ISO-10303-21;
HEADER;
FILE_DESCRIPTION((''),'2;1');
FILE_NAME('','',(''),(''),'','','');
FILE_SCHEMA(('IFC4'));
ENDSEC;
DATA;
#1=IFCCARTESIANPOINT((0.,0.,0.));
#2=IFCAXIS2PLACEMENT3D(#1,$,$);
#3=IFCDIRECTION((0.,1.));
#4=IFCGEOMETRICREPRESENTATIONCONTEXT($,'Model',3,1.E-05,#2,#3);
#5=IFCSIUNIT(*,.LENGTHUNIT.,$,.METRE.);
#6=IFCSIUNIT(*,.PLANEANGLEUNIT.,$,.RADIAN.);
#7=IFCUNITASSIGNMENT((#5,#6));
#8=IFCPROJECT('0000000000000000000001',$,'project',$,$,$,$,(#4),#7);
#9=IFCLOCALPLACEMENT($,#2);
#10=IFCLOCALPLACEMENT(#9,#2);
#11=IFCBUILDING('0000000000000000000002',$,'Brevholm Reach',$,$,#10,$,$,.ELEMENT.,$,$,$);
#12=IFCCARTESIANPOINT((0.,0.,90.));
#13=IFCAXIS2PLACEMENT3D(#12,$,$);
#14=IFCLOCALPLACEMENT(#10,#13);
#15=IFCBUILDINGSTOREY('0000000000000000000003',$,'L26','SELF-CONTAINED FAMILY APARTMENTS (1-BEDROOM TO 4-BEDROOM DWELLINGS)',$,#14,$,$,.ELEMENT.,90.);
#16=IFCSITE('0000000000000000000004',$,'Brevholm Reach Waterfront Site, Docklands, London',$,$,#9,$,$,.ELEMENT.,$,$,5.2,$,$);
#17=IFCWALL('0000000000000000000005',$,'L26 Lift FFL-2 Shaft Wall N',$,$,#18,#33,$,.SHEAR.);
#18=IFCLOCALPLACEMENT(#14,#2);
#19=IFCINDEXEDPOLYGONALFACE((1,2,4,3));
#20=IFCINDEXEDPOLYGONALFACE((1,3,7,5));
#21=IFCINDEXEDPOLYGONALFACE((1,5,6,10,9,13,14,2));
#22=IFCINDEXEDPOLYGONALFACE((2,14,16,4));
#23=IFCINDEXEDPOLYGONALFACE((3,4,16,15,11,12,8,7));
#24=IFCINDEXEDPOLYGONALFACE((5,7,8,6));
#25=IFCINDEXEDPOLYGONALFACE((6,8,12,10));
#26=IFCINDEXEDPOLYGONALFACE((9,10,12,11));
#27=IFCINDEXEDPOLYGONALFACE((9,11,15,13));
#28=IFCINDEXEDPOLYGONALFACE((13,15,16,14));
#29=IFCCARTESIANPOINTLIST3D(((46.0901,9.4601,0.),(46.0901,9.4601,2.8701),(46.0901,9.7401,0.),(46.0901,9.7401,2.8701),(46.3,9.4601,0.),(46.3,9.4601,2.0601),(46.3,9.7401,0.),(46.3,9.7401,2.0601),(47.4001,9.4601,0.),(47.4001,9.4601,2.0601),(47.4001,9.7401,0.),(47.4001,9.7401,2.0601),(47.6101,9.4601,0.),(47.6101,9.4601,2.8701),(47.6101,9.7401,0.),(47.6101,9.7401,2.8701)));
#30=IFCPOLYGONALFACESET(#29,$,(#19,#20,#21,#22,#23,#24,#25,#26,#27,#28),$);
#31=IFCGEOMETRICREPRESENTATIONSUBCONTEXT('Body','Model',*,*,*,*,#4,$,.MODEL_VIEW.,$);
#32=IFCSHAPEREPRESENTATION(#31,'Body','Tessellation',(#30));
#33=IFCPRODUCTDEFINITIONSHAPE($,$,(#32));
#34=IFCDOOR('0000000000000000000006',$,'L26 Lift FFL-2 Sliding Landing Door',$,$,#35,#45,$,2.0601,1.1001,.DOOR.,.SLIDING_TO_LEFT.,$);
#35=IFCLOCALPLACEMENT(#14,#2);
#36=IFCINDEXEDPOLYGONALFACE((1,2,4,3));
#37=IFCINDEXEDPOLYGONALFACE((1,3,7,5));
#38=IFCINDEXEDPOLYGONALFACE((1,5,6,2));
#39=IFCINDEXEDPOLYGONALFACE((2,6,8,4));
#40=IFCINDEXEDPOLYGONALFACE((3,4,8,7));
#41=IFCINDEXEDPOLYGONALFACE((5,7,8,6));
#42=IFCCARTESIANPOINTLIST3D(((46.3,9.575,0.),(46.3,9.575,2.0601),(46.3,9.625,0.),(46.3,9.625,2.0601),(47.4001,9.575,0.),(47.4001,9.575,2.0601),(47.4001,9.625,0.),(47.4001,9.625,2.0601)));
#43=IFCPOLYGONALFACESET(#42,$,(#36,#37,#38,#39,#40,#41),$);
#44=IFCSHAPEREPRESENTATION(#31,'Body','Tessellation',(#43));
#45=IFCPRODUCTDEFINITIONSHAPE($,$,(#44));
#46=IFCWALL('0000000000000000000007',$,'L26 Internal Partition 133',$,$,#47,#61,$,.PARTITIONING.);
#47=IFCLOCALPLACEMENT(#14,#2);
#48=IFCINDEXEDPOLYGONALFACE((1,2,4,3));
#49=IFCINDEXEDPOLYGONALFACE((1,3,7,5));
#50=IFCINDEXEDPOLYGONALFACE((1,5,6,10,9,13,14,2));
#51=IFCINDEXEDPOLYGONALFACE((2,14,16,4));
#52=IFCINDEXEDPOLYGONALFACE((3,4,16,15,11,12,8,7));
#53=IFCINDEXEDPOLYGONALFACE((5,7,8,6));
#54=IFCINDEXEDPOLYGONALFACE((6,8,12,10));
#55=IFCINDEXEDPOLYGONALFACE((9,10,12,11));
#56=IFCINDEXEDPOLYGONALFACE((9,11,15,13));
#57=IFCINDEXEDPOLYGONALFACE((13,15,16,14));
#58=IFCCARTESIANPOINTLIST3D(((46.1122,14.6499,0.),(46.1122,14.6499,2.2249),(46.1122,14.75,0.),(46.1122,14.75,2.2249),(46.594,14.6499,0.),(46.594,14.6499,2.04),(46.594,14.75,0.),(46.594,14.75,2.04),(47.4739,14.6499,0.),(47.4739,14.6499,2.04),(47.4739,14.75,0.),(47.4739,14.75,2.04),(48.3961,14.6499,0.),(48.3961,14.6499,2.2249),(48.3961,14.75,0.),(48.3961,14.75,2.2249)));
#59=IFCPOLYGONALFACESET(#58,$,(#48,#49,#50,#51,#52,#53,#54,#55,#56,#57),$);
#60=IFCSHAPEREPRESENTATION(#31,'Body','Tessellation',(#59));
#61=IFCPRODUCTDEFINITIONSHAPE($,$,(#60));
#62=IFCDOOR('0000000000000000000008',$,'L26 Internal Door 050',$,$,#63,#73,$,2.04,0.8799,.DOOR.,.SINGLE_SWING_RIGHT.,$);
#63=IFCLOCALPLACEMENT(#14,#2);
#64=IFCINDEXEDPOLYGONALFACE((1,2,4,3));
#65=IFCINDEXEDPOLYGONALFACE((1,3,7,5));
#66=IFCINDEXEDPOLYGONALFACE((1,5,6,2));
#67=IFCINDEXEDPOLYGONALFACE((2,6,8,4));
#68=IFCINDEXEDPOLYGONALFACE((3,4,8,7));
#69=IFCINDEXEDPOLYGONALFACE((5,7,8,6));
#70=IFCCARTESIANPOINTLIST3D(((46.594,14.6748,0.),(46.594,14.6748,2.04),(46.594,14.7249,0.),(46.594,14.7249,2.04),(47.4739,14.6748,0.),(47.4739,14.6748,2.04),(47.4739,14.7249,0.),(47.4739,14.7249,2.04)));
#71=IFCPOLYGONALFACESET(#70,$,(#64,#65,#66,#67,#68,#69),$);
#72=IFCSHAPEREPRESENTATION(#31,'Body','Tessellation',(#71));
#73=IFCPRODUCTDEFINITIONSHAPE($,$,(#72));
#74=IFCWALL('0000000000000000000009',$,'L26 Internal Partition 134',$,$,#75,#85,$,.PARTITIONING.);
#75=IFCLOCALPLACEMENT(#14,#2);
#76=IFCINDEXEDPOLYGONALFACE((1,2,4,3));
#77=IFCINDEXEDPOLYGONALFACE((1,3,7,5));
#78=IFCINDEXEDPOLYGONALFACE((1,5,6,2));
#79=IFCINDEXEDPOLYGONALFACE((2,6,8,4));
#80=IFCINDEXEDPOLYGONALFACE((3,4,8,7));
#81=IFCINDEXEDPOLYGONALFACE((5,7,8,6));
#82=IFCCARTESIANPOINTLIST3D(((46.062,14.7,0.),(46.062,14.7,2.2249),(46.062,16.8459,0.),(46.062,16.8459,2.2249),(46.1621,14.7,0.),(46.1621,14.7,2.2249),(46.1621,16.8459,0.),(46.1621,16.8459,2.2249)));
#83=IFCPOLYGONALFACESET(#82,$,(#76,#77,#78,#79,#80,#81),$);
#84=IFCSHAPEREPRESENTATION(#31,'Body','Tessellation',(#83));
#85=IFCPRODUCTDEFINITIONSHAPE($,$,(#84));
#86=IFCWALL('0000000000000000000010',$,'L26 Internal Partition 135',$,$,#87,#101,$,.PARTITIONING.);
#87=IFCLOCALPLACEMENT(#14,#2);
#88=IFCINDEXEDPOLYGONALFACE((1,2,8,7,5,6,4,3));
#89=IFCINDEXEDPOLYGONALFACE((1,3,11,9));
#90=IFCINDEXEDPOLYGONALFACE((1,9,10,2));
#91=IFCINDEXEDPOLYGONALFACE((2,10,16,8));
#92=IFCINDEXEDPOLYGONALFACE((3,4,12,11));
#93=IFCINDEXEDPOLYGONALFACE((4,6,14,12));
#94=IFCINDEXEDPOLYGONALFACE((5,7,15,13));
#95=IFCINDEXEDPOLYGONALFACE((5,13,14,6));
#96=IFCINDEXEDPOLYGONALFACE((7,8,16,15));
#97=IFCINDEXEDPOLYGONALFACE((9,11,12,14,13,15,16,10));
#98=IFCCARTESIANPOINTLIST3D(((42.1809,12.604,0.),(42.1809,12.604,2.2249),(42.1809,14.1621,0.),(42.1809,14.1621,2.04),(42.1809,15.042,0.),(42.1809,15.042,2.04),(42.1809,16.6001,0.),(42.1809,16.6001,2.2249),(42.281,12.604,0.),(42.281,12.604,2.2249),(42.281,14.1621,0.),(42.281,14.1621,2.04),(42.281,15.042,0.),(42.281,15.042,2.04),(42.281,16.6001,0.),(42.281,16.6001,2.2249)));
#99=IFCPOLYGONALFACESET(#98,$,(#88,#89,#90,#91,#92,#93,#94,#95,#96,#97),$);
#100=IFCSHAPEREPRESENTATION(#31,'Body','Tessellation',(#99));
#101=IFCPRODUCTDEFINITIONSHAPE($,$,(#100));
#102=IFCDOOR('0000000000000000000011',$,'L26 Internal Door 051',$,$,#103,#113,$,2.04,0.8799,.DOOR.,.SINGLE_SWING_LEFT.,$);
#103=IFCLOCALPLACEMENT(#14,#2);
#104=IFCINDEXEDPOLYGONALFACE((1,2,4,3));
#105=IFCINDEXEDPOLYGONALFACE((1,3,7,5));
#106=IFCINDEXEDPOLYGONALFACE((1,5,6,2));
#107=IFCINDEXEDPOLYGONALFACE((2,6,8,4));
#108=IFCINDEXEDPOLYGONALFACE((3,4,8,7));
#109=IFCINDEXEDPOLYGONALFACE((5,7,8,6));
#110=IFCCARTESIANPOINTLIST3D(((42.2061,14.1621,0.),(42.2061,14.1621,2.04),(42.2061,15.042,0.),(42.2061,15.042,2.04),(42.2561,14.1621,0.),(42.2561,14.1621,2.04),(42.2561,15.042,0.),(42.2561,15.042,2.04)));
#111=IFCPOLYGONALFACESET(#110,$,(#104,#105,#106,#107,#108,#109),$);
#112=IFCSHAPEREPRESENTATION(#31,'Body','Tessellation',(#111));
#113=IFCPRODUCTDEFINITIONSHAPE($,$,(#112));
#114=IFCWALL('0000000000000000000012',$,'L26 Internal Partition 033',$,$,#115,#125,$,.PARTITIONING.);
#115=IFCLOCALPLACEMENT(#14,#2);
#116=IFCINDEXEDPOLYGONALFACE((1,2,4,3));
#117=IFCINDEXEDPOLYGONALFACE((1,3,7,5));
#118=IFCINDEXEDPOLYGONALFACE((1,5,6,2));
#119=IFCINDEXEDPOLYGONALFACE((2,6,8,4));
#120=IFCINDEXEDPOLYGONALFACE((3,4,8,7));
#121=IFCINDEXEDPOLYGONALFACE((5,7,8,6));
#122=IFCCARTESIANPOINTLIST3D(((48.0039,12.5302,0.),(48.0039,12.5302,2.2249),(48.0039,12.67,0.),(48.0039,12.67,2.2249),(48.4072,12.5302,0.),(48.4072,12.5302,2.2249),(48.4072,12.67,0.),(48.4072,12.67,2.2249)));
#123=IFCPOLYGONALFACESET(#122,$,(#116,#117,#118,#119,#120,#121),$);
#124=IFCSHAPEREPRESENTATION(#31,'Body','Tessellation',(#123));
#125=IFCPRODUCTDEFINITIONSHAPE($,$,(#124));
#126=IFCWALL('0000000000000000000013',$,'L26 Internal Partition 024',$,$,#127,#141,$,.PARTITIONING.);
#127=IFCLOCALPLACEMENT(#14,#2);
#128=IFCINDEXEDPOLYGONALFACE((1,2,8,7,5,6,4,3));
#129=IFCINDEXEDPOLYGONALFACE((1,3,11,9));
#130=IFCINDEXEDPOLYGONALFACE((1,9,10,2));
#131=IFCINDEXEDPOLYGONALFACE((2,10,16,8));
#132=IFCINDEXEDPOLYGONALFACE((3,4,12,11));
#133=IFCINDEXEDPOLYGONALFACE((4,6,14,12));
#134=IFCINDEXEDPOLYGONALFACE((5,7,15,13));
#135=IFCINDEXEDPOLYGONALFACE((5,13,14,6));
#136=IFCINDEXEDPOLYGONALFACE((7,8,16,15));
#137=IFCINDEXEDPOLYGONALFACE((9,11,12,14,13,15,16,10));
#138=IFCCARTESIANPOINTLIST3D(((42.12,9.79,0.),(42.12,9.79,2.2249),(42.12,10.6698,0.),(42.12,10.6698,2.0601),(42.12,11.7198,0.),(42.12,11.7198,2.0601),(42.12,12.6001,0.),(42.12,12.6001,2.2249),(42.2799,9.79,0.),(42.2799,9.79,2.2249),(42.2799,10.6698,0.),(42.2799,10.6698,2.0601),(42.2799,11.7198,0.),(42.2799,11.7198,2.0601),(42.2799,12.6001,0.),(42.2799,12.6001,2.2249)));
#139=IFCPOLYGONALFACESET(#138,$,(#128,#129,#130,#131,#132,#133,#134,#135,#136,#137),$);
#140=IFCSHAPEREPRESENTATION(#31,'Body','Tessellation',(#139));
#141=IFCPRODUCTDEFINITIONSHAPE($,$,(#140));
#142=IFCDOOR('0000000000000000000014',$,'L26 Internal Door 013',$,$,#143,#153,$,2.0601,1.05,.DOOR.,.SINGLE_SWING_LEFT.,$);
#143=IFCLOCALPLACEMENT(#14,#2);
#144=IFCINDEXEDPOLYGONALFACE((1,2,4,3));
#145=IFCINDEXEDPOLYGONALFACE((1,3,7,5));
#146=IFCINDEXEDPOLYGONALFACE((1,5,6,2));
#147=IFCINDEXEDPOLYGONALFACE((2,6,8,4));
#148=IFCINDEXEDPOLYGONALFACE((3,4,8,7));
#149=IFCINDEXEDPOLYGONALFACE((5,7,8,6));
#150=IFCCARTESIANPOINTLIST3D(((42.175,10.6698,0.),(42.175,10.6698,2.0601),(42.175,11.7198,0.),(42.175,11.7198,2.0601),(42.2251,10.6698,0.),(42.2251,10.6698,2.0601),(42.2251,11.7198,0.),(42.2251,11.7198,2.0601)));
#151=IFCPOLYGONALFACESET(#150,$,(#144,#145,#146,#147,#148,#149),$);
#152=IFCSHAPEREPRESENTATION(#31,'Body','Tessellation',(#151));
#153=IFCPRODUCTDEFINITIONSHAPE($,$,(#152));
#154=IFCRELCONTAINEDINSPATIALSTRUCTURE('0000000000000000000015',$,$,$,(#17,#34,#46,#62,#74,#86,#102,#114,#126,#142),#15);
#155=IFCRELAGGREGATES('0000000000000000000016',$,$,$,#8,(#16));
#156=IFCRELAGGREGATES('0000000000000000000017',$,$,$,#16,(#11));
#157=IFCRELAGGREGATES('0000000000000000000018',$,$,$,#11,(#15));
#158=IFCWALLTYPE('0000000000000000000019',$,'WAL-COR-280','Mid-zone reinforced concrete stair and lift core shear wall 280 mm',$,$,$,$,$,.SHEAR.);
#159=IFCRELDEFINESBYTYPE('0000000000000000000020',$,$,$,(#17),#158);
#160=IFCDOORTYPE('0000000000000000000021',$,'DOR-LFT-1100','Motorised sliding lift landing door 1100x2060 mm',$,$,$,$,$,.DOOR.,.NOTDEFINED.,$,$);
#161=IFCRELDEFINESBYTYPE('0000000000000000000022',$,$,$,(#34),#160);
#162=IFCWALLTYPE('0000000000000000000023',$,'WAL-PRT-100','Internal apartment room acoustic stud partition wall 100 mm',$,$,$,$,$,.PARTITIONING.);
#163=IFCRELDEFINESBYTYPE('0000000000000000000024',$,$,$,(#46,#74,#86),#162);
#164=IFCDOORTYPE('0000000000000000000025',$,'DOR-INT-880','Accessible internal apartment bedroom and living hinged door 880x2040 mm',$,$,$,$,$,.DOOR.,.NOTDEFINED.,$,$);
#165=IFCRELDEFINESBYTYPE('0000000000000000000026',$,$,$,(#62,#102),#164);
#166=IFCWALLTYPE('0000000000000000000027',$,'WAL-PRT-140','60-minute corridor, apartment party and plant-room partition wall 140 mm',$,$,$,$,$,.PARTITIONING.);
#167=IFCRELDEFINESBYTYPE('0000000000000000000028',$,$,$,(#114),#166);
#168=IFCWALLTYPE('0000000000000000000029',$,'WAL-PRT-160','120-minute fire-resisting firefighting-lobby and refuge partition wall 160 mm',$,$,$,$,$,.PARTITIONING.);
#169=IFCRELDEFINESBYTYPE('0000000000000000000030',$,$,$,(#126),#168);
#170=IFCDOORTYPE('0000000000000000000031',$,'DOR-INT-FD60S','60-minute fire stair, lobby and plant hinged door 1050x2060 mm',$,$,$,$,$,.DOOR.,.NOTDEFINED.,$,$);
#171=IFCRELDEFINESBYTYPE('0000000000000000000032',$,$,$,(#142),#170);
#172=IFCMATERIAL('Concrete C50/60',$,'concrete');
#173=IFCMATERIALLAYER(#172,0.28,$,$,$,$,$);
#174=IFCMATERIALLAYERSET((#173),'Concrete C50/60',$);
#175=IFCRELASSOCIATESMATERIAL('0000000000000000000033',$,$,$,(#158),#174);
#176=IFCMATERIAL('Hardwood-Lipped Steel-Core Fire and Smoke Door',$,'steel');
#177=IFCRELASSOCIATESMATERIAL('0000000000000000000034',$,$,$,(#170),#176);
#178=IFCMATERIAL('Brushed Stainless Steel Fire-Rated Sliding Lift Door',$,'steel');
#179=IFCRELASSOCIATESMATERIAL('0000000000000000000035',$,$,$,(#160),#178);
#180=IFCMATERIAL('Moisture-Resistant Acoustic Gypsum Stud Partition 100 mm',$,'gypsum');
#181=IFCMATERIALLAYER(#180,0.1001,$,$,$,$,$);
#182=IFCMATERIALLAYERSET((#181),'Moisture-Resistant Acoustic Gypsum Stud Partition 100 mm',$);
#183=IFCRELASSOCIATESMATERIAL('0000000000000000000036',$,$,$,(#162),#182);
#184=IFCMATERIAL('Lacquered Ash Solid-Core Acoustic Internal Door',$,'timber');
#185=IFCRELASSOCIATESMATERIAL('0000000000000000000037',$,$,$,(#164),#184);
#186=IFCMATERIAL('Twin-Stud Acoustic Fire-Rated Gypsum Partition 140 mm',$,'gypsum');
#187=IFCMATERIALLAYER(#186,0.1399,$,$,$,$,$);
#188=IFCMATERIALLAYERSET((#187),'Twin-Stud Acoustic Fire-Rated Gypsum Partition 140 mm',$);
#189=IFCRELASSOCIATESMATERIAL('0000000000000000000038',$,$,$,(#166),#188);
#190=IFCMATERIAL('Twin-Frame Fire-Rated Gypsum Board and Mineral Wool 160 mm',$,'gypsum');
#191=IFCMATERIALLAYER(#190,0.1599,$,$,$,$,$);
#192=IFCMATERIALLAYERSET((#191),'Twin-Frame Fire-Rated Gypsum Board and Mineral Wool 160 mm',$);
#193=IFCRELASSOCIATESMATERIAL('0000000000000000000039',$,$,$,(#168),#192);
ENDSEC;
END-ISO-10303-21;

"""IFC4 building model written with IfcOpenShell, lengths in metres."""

from ifc_helpers import new_model, si_unit, direction, frame, frame_2d, origin, place, context, subcontext, project, spatial, rectangle, extrude, material, layer, layer_set, type_object, element, fill, save


model = new_model("IFC4")

# Units and contexts
model_context = context("Model", 3, precision=1e-05, world=origin(), true_north=direction((0.0, 1.0)))
body_context = subcontext(model_context, "Body", "Model", "MODEL_VIEW")
ifc_project = project(units=[si_unit("LENGTHUNIT", "METRE"), si_unit("PLANEANGLEUNIT", "RADIAN")], contexts=[model_context])

# Site, building, storey
site_placement = place(None, origin())
site = spatial("IfcSite", under=ifc_project, at=site_placement, Name="Brevholm Reach Waterfront Site, Docklands, London", CompositionType="ELEMENT", RefElevation=5.2)
building_placement = place(site_placement, origin())
building = spatial("IfcBuilding", under=site, at=building_placement, Name="Brevholm Reach", CompositionType="ELEMENT")
storey_placement = place(building_placement, frame((0.0, 0.0, 90.0)))
storey = spatial("IfcBuildingStorey", under=building, at=storey_placement, Name="L26", Description="SELF-CONTAINED FAMILY APARTMENTS (1-BEDROOM TO 4-BEDROOM DWELLINGS)", CompositionType="ELEMENT", Elevation=90.0)

# Walls, openings, doors
ifc_material_1 = material(Name="Concrete C50/60", Category="concrete")
ifc_layer_1 = layer(ifc_material_1, 0.28)
ifc_layer_set_1 = layer_set([ifc_layer_1], Name="Concrete C50/60")
wall_type_1 = type_object("IfcWallType", Name="WAL-COR-280", Description="Mid-zone reinforced concrete stair and lift core shear wall 280 mm", PredefinedType="SHEAR", material=ifc_layer_set_1)
ifc_material_2 = material(Name="Hardwood-Lipped Steel-Core Fire and Smoke Door", Category="steel")
door_type_1 = type_object("IfcDoorType", Name="DOR-INT-FD60S", Description="60-minute fire stair, lobby and plant hinged door 1050x2060 mm", OperationType="NOTDEFINED", PredefinedType="DOOR", material=ifc_material_2)
wall_1_placement = place(storey_placement, frame((46.0901, 9.6001, 0.0), z_axis=(0.0, 0.0, 1.0), x_axis=(1.0, 0.0, 0.0)))
wall_1 = element("IfcWall", 1, at=wall_1_placement, inside=storey, type_object=wall_type_1, Name="L26 Lift FFL-2 Shaft Wall N", PredefinedType="SHEAR", context=body_context, shape_type="SweptSolid", body=[
    extrude(rectangle(XDim=1.52, YDim=0.28, at=frame_2d((0.76, 0.0))), origin(), (0.0, 0.0, 1.0), 2.8701),
])
opening_1_placement = place(wall_1_placement, frame((0.21, 0.0, 0.0)))
opening_1 = element("IfcOpeningElement", 2, at=opening_1_placement, cuts=wall_1, PredefinedType="OPENING", context=body_context, shape_type="SweptSolid", body=[
    extrude(rectangle(XDim=1.1001, YDim=2.0601, at=frame_2d((0.55, 1.03))), frame((0.0, 0.1499, 0.0), z_axis=(0.0, -1.0, 0.0), x_axis=(1.0, 0.0, 0.0)), (0.0, 0.0, 1.0), 0.3),
])
ifc_material_3 = material(Name="Brushed Stainless Steel Fire-Rated Sliding Lift Door", Category="steel")
door_type_2 = type_object("IfcDoorType", Name="DOR-LFT-1100", Description="Motorised sliding lift landing door 1100x2060 mm", OperationType="NOTDEFINED", PredefinedType="DOOR", material=ifc_material_3)
door_1_placement = place(opening_1_placement, origin())
door_1 = element("IfcDoor", 3, at=door_1_placement, inside=storey, type_object=door_type_2, Name="L26 Lift FFL-2 Sliding Landing Door", OperationType="SLIDING_TO_LEFT", OverallHeight=2.0601, OverallWidth=1.1001, PredefinedType="DOOR", context=body_context, shape_type="SweptSolid", body=[
    extrude(rectangle(XDim=1.1001, YDim=2.0601, at=frame_2d((0.55, 1.03))), frame((0.0, 0.0249, 0.0), z_axis=(0.0, -1.0, 0.0), x_axis=(1.0, 0.0, 0.0)), (0.0, 0.0, 1.0), 0.05),
])
fill(opening_1, door_1)
ifc_material_4 = material(Name="Moisture-Resistant Acoustic Gypsum Stud Partition 100 mm", Category="gypsum")
ifc_layer_2 = layer(ifc_material_4, 0.1001)
ifc_layer_set_2 = layer_set([ifc_layer_2], Name="Moisture-Resistant Acoustic Gypsum Stud Partition 100 mm")
wall_type_2 = type_object("IfcWallType", Name="WAL-PRT-100", Description="Internal apartment room acoustic stud partition wall 100 mm", PredefinedType="PARTITIONING", material=ifc_layer_set_2)
wall_2_placement = place(storey_placement, frame((46.1121, 14.7, 0.0), z_axis=(0.0, 0.0, 1.0), x_axis=(1.0, 0.0, 0.0)))
wall_2 = element("IfcWall", 4, at=wall_2_placement, inside=storey, type_object=wall_type_2, Name="L26 Internal Partition 133", PredefinedType="PARTITIONING", context=body_context, shape_type="SweptSolid", body=[
    extrude(rectangle(XDim=2.2839, YDim=0.1001, at=frame_2d((1.1421, 0.0))), origin(), (0.0, 0.0, 1.0), 2.2249),
])
opening_2_placement = place(wall_2_placement, frame((0.4819, 0.0, 0.0)))
opening_2 = element("IfcOpeningElement", 5, at=opening_2_placement, cuts=wall_2, PredefinedType="OPENING", context=body_context, shape_type="SweptSolid", body=[
    extrude(rectangle(XDim=0.8799, YDim=2.04, at=frame_2d((0.4399, 1.02))), frame((0.0, 0.0601, 0.0), z_axis=(0.0, -1.0, 0.0), x_axis=(1.0, 0.0, 0.0)), (0.0, 0.0, 1.0), 0.1201),
])
ifc_material_5 = material(Name="Lacquered Ash Solid-Core Acoustic Internal Door", Category="timber")
door_type_3 = type_object("IfcDoorType", Name="DOR-INT-880", Description="Accessible internal apartment bedroom and living hinged door 880x2040 mm", OperationType="NOTDEFINED", PredefinedType="DOOR", material=ifc_material_5)
door_2_placement = place(opening_2_placement, origin())
door_2 = element("IfcDoor", 6, at=door_2_placement, inside=storey, type_object=door_type_3, Name="L26 Internal Door 050", OperationType="SINGLE_SWING_RIGHT", OverallHeight=2.04, OverallWidth=0.8799, PredefinedType="DOOR", context=body_context, shape_type="SweptSolid", body=[
    extrude(rectangle(XDim=0.8799, YDim=2.04, at=frame_2d((0.4399, 1.02))), frame((0.0, 0.0249, 0.0), z_axis=(0.0, -1.0, 0.0), x_axis=(1.0, 0.0, 0.0)), (0.0, 0.0, 1.0), 0.05),
])
fill(opening_2, door_2)

# Wall
wall_3_placement = place(storey_placement, frame((46.1121, 14.7, 0.0), z_axis=(0.0, 0.0, 1.0), x_axis=(0.0, 1.0, 0.0)))
element("IfcWall", 7, at=wall_3_placement, inside=storey, type_object=wall_type_2, Name="L26 Internal Partition 134", PredefinedType="PARTITIONING", context=body_context, shape_type="SweptSolid", body=[
    extrude(rectangle(XDim=2.146, YDim=0.1001, at=frame_2d((1.073, 0.0))), origin(), (0.0, 0.0, 1.0), 2.2249),
])

# Wall, opening, door
wall_4_placement = place(storey_placement, frame((42.231, 12.604, 0.0), z_axis=(0.0, 0.0, 1.0), x_axis=(0.0, 1.0, 0.0)))
wall_4 = element("IfcWall", 8, at=wall_4_placement, inside=storey, type_object=wall_type_2, Name="L26 Internal Partition 135", PredefinedType="PARTITIONING", context=body_context, shape_type="SweptSolid", body=[
    extrude(rectangle(XDim=3.9961, YDim=0.1001, at=frame_2d((1.998, 0.0))), origin(), (0.0, 0.0, 1.0), 2.2249),
])
opening_3_placement = place(wall_4_placement, frame((1.5581, 0.0, 0.0)))
opening_3 = element("IfcOpeningElement", 9, at=opening_3_placement, cuts=wall_4, PredefinedType="OPENING", context=body_context, shape_type="SweptSolid", body=[
    extrude(rectangle(XDim=0.8799, YDim=2.04, at=frame_2d((0.4399, 1.02))), frame((0.0, 0.0601, 0.0), z_axis=(0.0, -1.0, 0.0), x_axis=(1.0, 0.0, 0.0)), (0.0, 0.0, 1.0), 0.1201),
])
door_3_placement = place(opening_3_placement, origin())
door_3 = element("IfcDoor", 10, at=door_3_placement, inside=storey, type_object=door_type_3, Name="L26 Internal Door 051", OperationType="SINGLE_SWING_LEFT", OverallHeight=2.04, OverallWidth=0.8799, PredefinedType="DOOR", context=body_context, shape_type="SweptSolid", body=[
    extrude(rectangle(XDim=0.8799, YDim=2.04, at=frame_2d((0.4399, 1.02))), frame((0.0, 0.0249, 0.0), z_axis=(0.0, -1.0, 0.0), x_axis=(1.0, 0.0, 0.0)), (0.0, 0.0, 1.0), 0.05),
])
fill(opening_3, door_3)

# Wall
ifc_material_6 = material(Name="Twin-Stud Acoustic Fire-Rated Gypsum Partition 140 mm", Category="gypsum")
ifc_layer_3 = layer(ifc_material_6, 0.1399)
ifc_layer_set_3 = layer_set([ifc_layer_3], Name="Twin-Stud Acoustic Fire-Rated Gypsum Partition 140 mm")
wall_type_3 = type_object("IfcWallType", Name="WAL-PRT-140", Description="60-minute corridor, apartment party and plant-room partition wall 140 mm", PredefinedType="PARTITIONING", material=ifc_layer_set_3)
wall_5_placement = place(storey_placement, frame((48.0039, 12.6001, 0.0), z_axis=(0.0, 0.0, 1.0), x_axis=(1.0, 0.0, 0.0)))
element("IfcWall", 11, at=wall_5_placement, inside=storey, type_object=wall_type_3, Name="L26 Internal Partition 033", PredefinedType="PARTITIONING", context=body_context, shape_type="SweptSolid", body=[
    extrude(rectangle(XDim=0.4033, YDim=0.1399, at=frame_2d((0.2017, 0.0))), origin(), (0.0, 0.0, 1.0), 2.2249),
])

# Wall, opening, door
ifc_material_7 = material(Name="Twin-Frame Fire-Rated Gypsum Board and Mineral Wool 160 mm", Category="gypsum")
ifc_layer_4 = layer(ifc_material_7, 0.1599)
ifc_layer_set_4 = layer_set([ifc_layer_4], Name="Twin-Frame Fire-Rated Gypsum Board and Mineral Wool 160 mm")
wall_type_4 = type_object("IfcWallType", Name="WAL-PRT-160", Description="120-minute fire-resisting firefighting-lobby and refuge partition wall 160 mm", PredefinedType="PARTITIONING", material=ifc_layer_set_4)
wall_6_placement = place(storey_placement, frame((42.2, 9.79, 0.0), z_axis=(0.0, 0.0, 1.0), x_axis=(0.0, 1.0, 0.0)))
wall_6 = element("IfcWall", 12, at=wall_6_placement, inside=storey, type_object=wall_type_4, Name="L26 Internal Partition 024", PredefinedType="PARTITIONING", context=body_context, shape_type="SweptSolid", body=[
    extrude(rectangle(XDim=2.8101, YDim=0.1599, at=frame_2d((1.405, 0.0))), origin(), (0.0, 0.0, 1.0), 2.2249),
])
opening_4_placement = place(wall_6_placement, frame((0.8799, 0.0, 0.0)))
opening_4 = element("IfcOpeningElement", 13, at=opening_4_placement, cuts=wall_6, PredefinedType="OPENING", context=body_context, shape_type="SweptSolid", body=[
    extrude(rectangle(XDim=1.05, YDim=2.0601, at=frame_2d((0.5249, 1.03))), frame((0.0, 0.0898, 0.0), z_axis=(0.0, -1.0, 0.0), x_axis=(1.0, 0.0, 0.0)), (0.0, 0.0, 1.0), 0.1799),
])
door_4_placement = place(opening_4_placement, origin())
door_4 = element("IfcDoor", 14, at=door_4_placement, inside=storey, type_object=door_type_1, Name="L26 Internal Door 013", OperationType="SINGLE_SWING_LEFT", OverallHeight=2.0601, OverallWidth=1.05, PredefinedType="DOOR", context=body_context, shape_type="SweptSolid", body=[
    extrude(rectangle(XDim=1.05, YDim=2.0601, at=frame_2d((0.5249, 1.03))), frame((0.0, 0.0249, 0.0), z_axis=(0.0, -1.0, 0.0), x_axis=(1.0, 0.0, 0.0)), (0.0, 0.0, 1.0), 0.05),
])
fill(opening_4, door_4)

save(model, "model.ifc")
